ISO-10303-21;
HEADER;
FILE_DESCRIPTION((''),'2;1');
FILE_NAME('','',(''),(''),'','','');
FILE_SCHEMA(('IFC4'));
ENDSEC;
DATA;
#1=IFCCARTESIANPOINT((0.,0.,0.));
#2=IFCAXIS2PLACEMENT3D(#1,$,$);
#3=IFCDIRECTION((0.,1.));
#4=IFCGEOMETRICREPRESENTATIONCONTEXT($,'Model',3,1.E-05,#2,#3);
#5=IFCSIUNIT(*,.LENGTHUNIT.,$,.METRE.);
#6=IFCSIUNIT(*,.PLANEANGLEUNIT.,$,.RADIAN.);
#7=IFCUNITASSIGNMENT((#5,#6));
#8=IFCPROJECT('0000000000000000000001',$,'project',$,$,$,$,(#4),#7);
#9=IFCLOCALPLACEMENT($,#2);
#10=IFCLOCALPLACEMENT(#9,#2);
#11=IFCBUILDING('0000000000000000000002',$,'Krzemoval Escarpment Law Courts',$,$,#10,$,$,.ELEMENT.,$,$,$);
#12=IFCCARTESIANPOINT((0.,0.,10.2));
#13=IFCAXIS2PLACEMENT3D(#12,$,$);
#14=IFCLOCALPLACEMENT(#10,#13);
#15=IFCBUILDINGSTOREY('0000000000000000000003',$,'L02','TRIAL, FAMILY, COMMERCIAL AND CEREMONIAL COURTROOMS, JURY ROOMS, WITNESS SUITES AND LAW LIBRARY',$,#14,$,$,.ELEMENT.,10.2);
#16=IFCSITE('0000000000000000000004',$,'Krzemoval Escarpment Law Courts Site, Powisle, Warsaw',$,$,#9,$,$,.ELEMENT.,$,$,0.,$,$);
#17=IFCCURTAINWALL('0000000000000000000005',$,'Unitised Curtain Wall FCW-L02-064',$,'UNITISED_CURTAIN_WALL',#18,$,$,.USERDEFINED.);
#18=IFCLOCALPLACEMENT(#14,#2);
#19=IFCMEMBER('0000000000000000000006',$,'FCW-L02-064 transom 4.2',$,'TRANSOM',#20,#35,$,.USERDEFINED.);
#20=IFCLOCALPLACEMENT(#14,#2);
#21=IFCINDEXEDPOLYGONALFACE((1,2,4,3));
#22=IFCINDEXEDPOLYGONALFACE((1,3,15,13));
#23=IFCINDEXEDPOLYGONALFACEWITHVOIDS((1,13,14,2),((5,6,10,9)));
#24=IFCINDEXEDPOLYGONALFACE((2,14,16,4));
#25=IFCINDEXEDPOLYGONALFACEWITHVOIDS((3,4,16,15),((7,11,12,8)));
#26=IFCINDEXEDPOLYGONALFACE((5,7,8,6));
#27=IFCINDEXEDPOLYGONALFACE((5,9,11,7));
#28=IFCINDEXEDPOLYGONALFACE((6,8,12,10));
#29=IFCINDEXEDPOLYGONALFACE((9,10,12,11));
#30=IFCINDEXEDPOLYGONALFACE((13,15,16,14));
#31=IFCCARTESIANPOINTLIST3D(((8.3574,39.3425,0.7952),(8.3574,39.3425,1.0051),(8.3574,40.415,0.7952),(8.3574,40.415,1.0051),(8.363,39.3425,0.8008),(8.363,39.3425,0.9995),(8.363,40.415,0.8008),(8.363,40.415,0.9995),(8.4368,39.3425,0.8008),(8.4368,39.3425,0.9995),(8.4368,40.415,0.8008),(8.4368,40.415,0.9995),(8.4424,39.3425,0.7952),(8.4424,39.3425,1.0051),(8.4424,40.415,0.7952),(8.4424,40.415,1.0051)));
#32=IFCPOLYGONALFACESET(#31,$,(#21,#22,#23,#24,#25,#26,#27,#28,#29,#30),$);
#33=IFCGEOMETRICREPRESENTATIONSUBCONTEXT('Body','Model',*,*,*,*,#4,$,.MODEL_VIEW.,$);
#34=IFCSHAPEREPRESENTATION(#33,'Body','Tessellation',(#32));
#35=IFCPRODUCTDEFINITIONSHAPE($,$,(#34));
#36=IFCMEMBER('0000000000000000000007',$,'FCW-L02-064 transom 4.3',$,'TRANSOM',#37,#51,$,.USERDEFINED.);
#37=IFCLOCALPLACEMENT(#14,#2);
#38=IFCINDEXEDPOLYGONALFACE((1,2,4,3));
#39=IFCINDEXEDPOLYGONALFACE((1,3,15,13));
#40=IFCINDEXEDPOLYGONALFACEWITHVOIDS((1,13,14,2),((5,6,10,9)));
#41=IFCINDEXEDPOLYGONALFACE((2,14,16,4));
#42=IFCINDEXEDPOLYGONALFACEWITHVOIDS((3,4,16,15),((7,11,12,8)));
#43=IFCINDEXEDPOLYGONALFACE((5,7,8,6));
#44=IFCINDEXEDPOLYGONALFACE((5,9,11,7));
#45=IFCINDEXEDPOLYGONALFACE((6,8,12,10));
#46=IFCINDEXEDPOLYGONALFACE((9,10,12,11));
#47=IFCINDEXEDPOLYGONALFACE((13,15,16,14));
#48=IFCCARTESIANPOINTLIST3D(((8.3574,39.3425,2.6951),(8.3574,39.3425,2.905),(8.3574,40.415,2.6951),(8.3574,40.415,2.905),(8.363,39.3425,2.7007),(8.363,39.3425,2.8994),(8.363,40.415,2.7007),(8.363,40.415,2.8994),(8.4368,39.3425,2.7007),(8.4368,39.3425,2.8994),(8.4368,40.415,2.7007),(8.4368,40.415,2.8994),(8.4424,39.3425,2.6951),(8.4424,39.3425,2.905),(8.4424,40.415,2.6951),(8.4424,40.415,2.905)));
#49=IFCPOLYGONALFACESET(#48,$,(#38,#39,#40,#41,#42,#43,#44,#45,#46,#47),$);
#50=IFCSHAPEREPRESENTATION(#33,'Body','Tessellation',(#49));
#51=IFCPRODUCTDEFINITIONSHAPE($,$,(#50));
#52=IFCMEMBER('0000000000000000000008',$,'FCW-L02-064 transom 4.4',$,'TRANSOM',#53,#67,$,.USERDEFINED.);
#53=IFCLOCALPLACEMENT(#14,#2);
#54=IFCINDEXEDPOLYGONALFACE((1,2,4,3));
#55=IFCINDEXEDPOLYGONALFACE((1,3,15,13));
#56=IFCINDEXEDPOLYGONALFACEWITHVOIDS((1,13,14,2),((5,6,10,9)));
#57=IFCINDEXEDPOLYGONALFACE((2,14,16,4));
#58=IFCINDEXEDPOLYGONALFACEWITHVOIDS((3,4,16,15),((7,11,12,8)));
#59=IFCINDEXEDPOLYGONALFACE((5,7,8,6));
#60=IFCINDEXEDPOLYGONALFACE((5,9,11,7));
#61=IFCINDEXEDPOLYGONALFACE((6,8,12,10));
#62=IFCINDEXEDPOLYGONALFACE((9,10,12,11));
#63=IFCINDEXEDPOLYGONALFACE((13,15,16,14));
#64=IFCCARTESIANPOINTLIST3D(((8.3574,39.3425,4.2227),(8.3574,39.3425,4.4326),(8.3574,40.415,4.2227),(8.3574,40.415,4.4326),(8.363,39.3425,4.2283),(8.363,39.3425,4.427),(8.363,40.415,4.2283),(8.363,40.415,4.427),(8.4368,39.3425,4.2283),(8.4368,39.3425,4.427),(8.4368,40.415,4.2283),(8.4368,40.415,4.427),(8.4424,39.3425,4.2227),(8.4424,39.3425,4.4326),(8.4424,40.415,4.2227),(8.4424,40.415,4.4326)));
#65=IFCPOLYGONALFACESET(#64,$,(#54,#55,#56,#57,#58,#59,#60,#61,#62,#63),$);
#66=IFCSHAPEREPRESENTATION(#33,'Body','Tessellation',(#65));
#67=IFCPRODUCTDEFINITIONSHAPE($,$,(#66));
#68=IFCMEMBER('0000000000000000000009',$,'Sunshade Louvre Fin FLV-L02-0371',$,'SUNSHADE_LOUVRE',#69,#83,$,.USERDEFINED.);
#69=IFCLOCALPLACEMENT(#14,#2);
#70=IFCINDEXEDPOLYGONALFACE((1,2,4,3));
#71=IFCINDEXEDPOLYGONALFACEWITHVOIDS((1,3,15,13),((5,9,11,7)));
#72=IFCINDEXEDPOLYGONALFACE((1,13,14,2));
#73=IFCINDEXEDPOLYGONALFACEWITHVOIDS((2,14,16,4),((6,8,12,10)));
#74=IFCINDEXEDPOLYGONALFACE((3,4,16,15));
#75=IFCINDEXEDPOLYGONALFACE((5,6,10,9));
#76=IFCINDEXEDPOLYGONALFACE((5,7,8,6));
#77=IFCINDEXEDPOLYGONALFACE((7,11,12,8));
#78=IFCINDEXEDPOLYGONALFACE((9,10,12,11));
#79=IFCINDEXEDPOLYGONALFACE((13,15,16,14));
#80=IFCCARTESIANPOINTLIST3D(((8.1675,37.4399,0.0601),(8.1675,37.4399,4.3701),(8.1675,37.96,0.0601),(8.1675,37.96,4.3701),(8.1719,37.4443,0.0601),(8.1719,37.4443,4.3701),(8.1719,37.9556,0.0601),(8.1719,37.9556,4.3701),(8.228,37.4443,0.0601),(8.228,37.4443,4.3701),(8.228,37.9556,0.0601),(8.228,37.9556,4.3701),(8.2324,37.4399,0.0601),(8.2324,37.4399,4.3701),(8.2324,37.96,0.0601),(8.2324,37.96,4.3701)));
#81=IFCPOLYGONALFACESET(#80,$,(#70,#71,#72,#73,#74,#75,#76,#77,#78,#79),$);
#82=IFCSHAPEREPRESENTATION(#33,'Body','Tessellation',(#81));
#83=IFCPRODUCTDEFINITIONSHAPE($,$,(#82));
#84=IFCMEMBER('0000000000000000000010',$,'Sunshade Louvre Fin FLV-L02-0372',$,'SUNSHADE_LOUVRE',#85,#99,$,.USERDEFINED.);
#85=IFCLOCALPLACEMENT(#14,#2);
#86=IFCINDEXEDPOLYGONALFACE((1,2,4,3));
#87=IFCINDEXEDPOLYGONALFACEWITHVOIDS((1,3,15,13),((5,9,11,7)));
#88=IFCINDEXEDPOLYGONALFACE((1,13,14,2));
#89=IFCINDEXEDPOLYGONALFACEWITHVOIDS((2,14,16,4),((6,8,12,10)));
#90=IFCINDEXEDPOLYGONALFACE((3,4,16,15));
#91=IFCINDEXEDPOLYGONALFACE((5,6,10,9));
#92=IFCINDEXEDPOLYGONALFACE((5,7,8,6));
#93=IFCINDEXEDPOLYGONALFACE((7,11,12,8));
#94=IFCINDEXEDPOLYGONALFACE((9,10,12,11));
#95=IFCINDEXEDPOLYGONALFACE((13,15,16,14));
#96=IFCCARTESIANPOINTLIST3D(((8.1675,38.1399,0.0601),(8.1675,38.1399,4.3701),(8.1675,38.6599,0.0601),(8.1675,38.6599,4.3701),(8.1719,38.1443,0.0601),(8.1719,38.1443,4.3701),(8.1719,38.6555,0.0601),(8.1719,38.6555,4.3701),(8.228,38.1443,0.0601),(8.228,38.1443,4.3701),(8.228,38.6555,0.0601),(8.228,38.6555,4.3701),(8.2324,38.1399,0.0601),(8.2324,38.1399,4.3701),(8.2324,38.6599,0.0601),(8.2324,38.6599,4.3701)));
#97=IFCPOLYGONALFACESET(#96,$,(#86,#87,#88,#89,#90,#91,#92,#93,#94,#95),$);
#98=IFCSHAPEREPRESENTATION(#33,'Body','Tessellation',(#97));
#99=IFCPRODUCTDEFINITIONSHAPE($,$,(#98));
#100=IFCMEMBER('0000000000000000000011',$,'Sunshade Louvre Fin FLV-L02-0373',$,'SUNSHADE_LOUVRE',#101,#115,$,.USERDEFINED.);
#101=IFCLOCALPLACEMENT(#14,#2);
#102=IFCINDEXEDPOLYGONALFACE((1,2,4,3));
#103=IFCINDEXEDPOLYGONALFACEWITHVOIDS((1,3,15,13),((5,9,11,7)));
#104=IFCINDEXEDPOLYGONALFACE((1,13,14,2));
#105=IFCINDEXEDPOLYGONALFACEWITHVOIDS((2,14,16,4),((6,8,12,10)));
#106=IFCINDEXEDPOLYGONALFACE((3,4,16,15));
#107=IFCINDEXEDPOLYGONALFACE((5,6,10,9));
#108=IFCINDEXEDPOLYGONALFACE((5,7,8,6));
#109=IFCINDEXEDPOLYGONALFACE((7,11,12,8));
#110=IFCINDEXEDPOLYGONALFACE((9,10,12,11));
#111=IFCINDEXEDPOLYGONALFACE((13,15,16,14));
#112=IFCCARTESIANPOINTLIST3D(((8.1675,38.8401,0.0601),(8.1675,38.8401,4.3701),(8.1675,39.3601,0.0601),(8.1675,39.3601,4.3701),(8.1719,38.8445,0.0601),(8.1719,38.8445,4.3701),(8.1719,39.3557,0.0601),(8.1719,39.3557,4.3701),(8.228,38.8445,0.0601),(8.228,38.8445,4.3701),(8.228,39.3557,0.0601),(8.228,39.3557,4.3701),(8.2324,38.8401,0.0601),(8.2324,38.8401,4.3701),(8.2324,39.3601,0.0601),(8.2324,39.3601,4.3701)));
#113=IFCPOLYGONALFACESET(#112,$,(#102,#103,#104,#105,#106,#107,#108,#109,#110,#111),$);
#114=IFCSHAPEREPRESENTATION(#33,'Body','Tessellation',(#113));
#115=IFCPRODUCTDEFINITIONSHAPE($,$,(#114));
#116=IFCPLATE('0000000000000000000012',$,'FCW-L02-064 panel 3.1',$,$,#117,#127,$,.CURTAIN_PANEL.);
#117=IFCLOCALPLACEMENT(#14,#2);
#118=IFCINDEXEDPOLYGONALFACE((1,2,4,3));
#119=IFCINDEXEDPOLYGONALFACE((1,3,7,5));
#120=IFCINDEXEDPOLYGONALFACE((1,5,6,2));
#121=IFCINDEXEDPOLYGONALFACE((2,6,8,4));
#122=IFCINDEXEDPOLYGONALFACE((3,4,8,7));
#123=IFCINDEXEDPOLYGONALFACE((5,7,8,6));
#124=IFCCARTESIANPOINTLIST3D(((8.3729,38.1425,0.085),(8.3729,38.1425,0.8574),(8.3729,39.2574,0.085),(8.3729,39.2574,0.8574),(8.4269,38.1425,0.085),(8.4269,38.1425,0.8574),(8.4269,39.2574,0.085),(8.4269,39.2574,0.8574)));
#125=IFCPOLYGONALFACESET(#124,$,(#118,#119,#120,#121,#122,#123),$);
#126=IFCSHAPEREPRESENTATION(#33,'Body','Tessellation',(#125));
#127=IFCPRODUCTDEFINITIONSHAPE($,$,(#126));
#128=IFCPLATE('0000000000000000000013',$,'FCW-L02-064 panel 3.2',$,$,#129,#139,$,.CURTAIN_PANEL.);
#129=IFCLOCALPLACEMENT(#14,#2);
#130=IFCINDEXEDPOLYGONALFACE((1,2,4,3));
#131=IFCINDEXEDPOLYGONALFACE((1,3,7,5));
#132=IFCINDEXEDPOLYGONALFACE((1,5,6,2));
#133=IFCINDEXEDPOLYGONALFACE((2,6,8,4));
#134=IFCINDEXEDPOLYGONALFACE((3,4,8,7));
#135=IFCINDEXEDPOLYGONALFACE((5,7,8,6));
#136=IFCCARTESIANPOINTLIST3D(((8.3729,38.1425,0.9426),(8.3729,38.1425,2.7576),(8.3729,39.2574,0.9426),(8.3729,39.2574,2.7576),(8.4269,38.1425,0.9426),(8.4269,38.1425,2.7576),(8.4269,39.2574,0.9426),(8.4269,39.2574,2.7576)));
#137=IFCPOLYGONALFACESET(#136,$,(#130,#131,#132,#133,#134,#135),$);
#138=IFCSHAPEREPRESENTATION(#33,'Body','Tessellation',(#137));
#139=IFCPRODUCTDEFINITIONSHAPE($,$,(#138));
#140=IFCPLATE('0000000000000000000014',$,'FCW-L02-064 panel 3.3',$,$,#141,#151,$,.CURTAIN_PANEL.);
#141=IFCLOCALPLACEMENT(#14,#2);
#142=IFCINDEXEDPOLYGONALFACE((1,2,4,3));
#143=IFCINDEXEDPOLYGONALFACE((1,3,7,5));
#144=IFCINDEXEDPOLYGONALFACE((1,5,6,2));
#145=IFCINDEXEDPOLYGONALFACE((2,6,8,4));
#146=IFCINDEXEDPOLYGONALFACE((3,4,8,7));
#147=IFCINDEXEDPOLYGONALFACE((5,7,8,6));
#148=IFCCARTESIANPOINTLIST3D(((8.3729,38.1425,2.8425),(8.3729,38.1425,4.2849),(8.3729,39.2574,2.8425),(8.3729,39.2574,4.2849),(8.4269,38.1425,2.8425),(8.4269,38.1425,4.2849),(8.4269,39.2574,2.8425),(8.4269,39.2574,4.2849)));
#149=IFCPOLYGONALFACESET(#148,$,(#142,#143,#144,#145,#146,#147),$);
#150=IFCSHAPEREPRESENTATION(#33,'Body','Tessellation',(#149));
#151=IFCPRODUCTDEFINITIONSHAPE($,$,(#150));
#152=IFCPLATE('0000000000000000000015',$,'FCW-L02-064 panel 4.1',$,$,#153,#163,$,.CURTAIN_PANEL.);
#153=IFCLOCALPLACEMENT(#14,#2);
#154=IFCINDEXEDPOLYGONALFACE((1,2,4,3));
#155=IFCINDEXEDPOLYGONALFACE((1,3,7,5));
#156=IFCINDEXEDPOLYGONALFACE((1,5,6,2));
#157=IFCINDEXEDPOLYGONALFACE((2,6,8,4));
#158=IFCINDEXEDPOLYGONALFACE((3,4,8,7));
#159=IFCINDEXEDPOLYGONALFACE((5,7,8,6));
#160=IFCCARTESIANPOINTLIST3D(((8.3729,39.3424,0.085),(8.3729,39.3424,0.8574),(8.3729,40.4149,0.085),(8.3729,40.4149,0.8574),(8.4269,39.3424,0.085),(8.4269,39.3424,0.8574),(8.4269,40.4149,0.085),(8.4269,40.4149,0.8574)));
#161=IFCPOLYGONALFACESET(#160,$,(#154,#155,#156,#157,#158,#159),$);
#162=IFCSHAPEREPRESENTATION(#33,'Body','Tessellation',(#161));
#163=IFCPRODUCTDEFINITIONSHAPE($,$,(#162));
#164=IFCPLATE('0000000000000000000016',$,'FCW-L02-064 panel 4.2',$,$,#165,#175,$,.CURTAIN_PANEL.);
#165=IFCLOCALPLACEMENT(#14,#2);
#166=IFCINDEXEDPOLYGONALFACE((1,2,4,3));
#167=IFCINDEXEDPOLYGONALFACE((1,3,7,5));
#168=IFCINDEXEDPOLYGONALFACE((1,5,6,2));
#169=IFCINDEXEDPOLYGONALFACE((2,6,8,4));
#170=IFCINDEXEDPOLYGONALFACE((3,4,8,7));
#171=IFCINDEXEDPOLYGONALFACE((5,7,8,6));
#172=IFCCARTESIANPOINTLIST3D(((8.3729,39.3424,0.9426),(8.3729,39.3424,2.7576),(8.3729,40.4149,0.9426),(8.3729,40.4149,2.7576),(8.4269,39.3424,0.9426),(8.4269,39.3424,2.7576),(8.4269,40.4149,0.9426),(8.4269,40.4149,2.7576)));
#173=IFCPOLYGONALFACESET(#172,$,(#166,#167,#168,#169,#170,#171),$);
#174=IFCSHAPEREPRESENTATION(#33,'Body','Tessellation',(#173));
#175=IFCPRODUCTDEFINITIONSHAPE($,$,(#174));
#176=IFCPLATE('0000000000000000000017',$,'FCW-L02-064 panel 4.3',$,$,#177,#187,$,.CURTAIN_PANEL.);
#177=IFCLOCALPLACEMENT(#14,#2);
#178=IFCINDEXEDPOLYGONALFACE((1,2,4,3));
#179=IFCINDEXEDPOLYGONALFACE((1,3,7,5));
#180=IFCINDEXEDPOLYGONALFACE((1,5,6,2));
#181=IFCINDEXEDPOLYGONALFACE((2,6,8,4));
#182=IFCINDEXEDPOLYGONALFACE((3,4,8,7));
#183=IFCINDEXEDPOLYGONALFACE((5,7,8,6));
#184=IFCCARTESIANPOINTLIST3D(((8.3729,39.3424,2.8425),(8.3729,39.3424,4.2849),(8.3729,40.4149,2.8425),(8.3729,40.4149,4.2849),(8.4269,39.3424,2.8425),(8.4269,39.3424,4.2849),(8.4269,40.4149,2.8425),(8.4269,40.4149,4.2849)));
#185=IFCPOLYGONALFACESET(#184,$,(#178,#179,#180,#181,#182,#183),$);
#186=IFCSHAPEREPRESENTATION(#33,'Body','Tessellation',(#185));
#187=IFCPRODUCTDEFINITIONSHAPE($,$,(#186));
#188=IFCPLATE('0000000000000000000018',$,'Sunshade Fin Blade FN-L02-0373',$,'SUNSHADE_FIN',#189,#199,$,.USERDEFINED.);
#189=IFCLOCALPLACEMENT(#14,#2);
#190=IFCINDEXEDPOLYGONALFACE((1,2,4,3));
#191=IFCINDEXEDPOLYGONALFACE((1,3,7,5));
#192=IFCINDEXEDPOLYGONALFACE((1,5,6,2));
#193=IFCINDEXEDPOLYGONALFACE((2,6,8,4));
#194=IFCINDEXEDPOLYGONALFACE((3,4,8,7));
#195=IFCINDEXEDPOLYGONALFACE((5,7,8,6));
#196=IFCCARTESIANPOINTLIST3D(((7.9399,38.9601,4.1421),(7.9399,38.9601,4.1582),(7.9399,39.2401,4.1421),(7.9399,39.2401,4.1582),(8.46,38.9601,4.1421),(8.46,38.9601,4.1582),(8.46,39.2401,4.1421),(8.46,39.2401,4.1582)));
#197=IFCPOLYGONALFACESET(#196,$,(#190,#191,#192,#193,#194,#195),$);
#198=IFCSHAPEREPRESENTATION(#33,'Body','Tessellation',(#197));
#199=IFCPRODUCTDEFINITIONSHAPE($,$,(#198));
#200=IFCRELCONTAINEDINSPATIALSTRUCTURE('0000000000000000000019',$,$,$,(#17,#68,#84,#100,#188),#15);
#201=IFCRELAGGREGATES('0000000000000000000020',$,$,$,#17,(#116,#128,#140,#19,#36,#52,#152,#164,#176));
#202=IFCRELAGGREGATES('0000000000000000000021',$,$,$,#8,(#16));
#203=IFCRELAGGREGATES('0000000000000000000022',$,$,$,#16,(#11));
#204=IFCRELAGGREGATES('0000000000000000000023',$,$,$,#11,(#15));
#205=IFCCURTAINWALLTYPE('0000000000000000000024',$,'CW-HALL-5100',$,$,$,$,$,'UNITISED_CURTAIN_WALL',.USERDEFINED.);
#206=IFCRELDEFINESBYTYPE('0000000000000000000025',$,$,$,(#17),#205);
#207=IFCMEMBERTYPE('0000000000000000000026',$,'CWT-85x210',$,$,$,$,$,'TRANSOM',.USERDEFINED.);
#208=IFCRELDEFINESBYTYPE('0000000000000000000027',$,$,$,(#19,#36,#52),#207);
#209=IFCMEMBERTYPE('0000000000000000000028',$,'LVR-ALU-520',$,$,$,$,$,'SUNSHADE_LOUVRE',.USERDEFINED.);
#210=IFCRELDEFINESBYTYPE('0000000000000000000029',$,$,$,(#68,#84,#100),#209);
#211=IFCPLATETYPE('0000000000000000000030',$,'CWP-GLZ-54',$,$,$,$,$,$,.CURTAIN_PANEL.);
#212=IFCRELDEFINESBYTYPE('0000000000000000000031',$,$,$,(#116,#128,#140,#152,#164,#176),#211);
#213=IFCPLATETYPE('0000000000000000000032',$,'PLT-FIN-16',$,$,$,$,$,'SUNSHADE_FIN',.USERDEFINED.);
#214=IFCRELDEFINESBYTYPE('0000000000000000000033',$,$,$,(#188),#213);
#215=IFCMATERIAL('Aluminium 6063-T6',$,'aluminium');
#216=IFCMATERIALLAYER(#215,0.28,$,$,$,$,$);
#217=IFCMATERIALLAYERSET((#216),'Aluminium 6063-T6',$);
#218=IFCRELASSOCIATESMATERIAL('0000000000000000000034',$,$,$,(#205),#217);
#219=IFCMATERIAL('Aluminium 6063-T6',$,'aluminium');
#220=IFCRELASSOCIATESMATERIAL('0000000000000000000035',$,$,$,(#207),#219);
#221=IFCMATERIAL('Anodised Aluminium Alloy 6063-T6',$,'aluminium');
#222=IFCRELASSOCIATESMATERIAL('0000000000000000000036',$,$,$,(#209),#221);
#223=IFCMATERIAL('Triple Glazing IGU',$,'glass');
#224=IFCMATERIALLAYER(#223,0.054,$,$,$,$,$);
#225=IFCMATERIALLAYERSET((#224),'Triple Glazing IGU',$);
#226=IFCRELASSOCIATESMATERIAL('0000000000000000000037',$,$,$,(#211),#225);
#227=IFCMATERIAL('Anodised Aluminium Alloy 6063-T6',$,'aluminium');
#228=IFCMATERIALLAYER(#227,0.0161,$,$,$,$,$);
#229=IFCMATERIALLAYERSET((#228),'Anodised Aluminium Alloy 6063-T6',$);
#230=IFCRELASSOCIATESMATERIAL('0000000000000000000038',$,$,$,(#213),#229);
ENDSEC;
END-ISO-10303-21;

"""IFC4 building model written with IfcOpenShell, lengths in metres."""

from ifc_helpers import new_model, si_unit, direction, frame, origin, origin_2d, place, context, subcontext, project, spatial, rectangle, hollow_rectangle, extrude, material, layer, layer_set, material_profile, profile_set, type_object, element, aggregate, save


model = new_model("IFC4")

# Units and contexts
model_context = context("Model", 3, precision=1e-05, world=origin(), true_north=direction((0.0, 1.0)))
body_context = subcontext(model_context, "Body", "Model", "MODEL_VIEW")
ifc_project = project(units=[si_unit("LENGTHUNIT", "METRE"), si_unit("PLANEANGLEUNIT", "RADIAN")], contexts=[model_context])

# Site, building, storey
site_placement = place(None, origin())
site = spatial("IfcSite", under=ifc_project, at=site_placement, Name="Krzemoval Escarpment Law Courts Site, Powisle, Warsaw", CompositionType="ELEMENT", RefElevation=0.0)
building_placement = place(site_placement, origin())
building = spatial("IfcBuilding", under=site, at=building_placement, Name="Krzemoval Escarpment Law Courts", CompositionType="ELEMENT")
storey_placement = place(building_placement, frame((0.0, 0.0, 10.2)))
storey = spatial("IfcBuildingStorey", under=building, at=storey_placement, Name="L02", Description="TRIAL, FAMILY, COMMERCIAL AND CEREMONIAL COURTROOMS, JURY ROOMS, WITNESS SUITES AND LAW LIBRARY", CompositionType="ELEMENT", Elevation=10.2)

# Curtain wall, members
ifc_material_1 = material(Name="Aluminium 6063-T6", Category="aluminium")
ifc_layer_1 = layer(ifc_material_1, 0.28)
ifc_layer_set_1 = layer_set([ifc_layer_1], Name="Aluminium 6063-T6")
curtain_wall_type = type_object("IfcCurtainWallType", Name="CW-HALL-5100", ElementType="UNITISED_CURTAIN_WALL", PredefinedType="USERDEFINED", material=ifc_layer_set_1)
curtain_wall_placement = place(storey_placement, origin())
curtain_wall = element("IfcCurtainWall", 1, at=curtain_wall_placement, inside=storey, type_object=curtain_wall_type, Name="Unitised Curtain Wall FCW-L02-064", ObjectType="UNITISED_CURTAIN_WALL", PredefinedType="USERDEFINED")
ifc_material_2 = material(Name="Aluminium 6063-T6", Category="aluminium")
ifc_material_profile_1 = material_profile(ifc_material_2, hollow_rectangle(XDim=0.085, YDim=0.21, WallThickness=0.0056, at=origin_2d()), Name="ALU T85x210")
ifc_profile_set_1 = profile_set([ifc_material_profile_1], Name="Aluminium 6063-T6")
member_type_1 = type_object("IfcMemberType", Name="CWT-85x210", ElementType="TRANSOM", PredefinedType="USERDEFINED", material=ifc_profile_set_1)
member_1_placement = place(storey_placement, frame((8.3999, 39.3425, 0.9001), z_axis=(0.0, 1.0, 0.0), x_axis=(-1.0, 0.0, 0.0)))
member_1 = element("IfcMember", 2, at=member_1_placement, type_object=member_type_1, Name="FCW-L02-064 transom 4.2", ObjectType="TRANSOM", PredefinedType="USERDEFINED", context=body_context, shape_type="SweptSolid", body=[
    extrude(hollow_rectangle(XDim=0.085, YDim=0.21, WallThickness=0.0056, at=origin_2d()), origin(), (0.0, 0.0, 1.0), 1.0725),
])
member_2_placement = place(storey_placement, frame((8.3999, 39.3425, 2.8), z_axis=(0.0, 1.0, 0.0), x_axis=(-1.0, 0.0, 0.0)))
member_2 = element("IfcMember", 3, at=member_2_placement, type_object=member_type_1, Name="FCW-L02-064 transom 4.3", ObjectType="TRANSOM", PredefinedType="USERDEFINED", context=body_context, shape_type="SweptSolid", body=[
    extrude(hollow_rectangle(XDim=0.085, YDim=0.21, WallThickness=0.0056, at=origin_2d()), origin(), (0.0, 0.0, 1.0), 1.0725),
])
member_3_placement = place(storey_placement, frame((8.3999, 39.3425, 4.3276), z_axis=(0.0, 1.0, 0.0), x_axis=(-1.0, 0.0, 0.0)))
member_3 = element("IfcMember", 4, at=member_3_placement, type_object=member_type_1, Name="FCW-L02-064 transom 4.4", ObjectType="TRANSOM", PredefinedType="USERDEFINED", context=body_context, shape_type="SweptSolid", body=[
    extrude(hollow_rectangle(XDim=0.085, YDim=0.21, WallThickness=0.0056, at=origin_2d()), origin(), (0.0, 0.0, 1.0), 1.0725),
])

# Members
ifc_material_3 = material(Name="Anodised Aluminium Alloy 6063-T6", Category="aluminium")
ifc_material_profile_2 = material_profile(ifc_material_3, hollow_rectangle(XDim=0.0649, YDim=0.52, WallThickness=0.0044, at=origin_2d()), Name="ALU LVR 65x520")
ifc_profile_set_2 = profile_set([ifc_material_profile_2], Name="Anodised Aluminium Alloy 6063-T6")
member_type_2 = type_object("IfcMemberType", Name="LVR-ALU-520", ElementType="SUNSHADE_LOUVRE", PredefinedType="USERDEFINED", material=ifc_profile_set_2)
for number, where, z_axis, x_axis, name in (
    (5, (8.2, 37.7, 0.0601), (0.0, 0.0, 1.0), (1.0, 0.0, 0.0), "Sunshade Louvre Fin FLV-L02-0371"),
    (6, (8.2, 38.3999, 0.0601), (0.0, 0.0, 1.0), (1.0, 0.0, 0.0), "Sunshade Louvre Fin FLV-L02-0372"),
    (7, (8.2, 39.1001, 0.0601), (0.0, 0.0, 1.0), (1.0, 0.0, 0.0), "Sunshade Louvre Fin FLV-L02-0373"),
):
    element("IfcMember", number, at=place(storey_placement, frame(where, z_axis=z_axis, x_axis=x_axis)), inside=storey, type_object=member_type_2, Name=name, ObjectType="SUNSHADE_LOUVRE", PredefinedType="USERDEFINED", context=body_context, shape_type="SweptSolid", body=[
        extrude(hollow_rectangle(XDim=0.0649, YDim=0.52, WallThickness=0.0044, at=origin_2d()), origin(), (0.0, 0.0, 1.0), 4.3101),
    ])

# Plates
ifc_material_4 = material(Name="Triple Glazing IGU", Category="glass")
ifc_layer_2 = layer(ifc_material_4, 0.054)
ifc_layer_set_2 = layer_set([ifc_layer_2], Name="Triple Glazing IGU")
plate_type_1 = type_object("IfcPlateType", Name="CWP-GLZ-54", PredefinedType="CURTAIN_PANEL", material=ifc_layer_set_2)
plate_1_placement = place(storey_placement, frame((8.3999, 38.7, 0.085), z_axis=(0.0, 0.0, 1.0), x_axis=(0.0, 1.0, 0.0)))
plate_1 = element("IfcPlate", 8, at=plate_1_placement, type_object=plate_type_1, Name="FCW-L02-064 panel 3.1", PredefinedType="CURTAIN_PANEL", context=body_context, shape_type="SweptSolid", body=[
    extrude(rectangle(XDim=1.115, YDim=0.054, at=origin_2d()), origin(), (0.0, 0.0, 1.0), 0.7725),
])
plate_2_placement = place(storey_placement, frame((8.3999, 38.7, 0.9426), z_axis=(0.0, 0.0, 1.0), x_axis=(0.0, 1.0, 0.0)))
plate_2 = element("IfcPlate", 9, at=plate_2_placement, type_object=plate_type_1, Name="FCW-L02-064 panel 3.2", PredefinedType="CURTAIN_PANEL", context=body_context, shape_type="SweptSolid", body=[
    extrude(rectangle(XDim=1.115, YDim=0.054, at=origin_2d()), origin(), (0.0, 0.0, 1.0), 1.8149),
])
plate_3_placement = place(storey_placement, frame((8.3999, 38.7, 2.8425), z_axis=(0.0, 0.0, 1.0), x_axis=(0.0, 1.0, 0.0)))
plate_3 = element("IfcPlate", 10, at=plate_3_placement, type_object=plate_type_1, Name="FCW-L02-064 panel 3.3", PredefinedType="CURTAIN_PANEL", context=body_context, shape_type="SweptSolid", body=[
    extrude(rectangle(XDim=1.115, YDim=0.054, at=origin_2d()), origin(), (0.0, 0.0, 1.0), 1.4424),
])
plate_4_placement = place(storey_placement, frame((8.3999, 39.8787, 0.085), z_axis=(0.0, 0.0, 1.0), x_axis=(0.0, 1.0, 0.0)))
plate_4 = element("IfcPlate", 11, at=plate_4_placement, type_object=plate_type_1, Name="FCW-L02-064 panel 4.1", PredefinedType="CURTAIN_PANEL", context=body_context, shape_type="SweptSolid", body=[
    extrude(rectangle(XDim=1.0725, YDim=0.054, at=origin_2d()), origin(), (0.0, 0.0, 1.0), 0.7725),
])
plate_5_placement = place(storey_placement, frame((8.3999, 39.8787, 0.9426), z_axis=(0.0, 0.0, 1.0), x_axis=(0.0, 1.0, 0.0)))
plate_5 = element("IfcPlate", 12, at=plate_5_placement, type_object=plate_type_1, Name="FCW-L02-064 panel 4.2", PredefinedType="CURTAIN_PANEL", context=body_context, shape_type="SweptSolid", body=[
    extrude(rectangle(XDim=1.0725, YDim=0.054, at=origin_2d()), origin(), (0.0, 0.0, 1.0), 1.8149),
])
plate_6_placement = place(storey_placement, frame((8.3999, 39.8787, 2.8425), z_axis=(0.0, 0.0, 1.0), x_axis=(0.0, 1.0, 0.0)))
plate_6 = element("IfcPlate", 13, at=plate_6_placement, type_object=plate_type_1, Name="FCW-L02-064 panel 4.3", PredefinedType="CURTAIN_PANEL", context=body_context, shape_type="SweptSolid", body=[
    extrude(rectangle(XDim=1.0725, YDim=0.054, at=origin_2d()), origin(), (0.0, 0.0, 1.0), 1.4424),
])
aggregate(curtain_wall, [plate_1, plate_2, plate_3, member_1, member_2, member_3, plate_4, plate_5, plate_6])
ifc_material_5 = material(Name="Anodised Aluminium Alloy 6063-T6", Category="aluminium")
ifc_layer_3 = layer(ifc_material_5, 0.0161)
ifc_layer_set_3 = layer_set([ifc_layer_3], Name="Anodised Aluminium Alloy 6063-T6")
plate_type_2 = type_object("IfcPlateType", Name="PLT-FIN-16", ElementType="SUNSHADE_FIN", PredefinedType="USERDEFINED", material=ifc_layer_set_3)
plate_7_placement = place(storey_placement, frame((8.2, 39.1001, 4.1421), z_axis=(0.0, 0.0, 1.0), x_axis=(-1.0, 0.0, 0.0)))
element("IfcPlate", 14, at=plate_7_placement, inside=storey, type_object=plate_type_2, Name="Sunshade Fin Blade FN-L02-0373", ObjectType="SUNSHADE_FIN", PredefinedType="USERDEFINED", context=body_context, shape_type="SweptSolid", body=[
    extrude(rectangle(XDim=0.52, YDim=0.28, at=origin_2d()), origin(), (0.0, 0.0, 1.0), 0.0161),
])

save(model, "model.ifc")
